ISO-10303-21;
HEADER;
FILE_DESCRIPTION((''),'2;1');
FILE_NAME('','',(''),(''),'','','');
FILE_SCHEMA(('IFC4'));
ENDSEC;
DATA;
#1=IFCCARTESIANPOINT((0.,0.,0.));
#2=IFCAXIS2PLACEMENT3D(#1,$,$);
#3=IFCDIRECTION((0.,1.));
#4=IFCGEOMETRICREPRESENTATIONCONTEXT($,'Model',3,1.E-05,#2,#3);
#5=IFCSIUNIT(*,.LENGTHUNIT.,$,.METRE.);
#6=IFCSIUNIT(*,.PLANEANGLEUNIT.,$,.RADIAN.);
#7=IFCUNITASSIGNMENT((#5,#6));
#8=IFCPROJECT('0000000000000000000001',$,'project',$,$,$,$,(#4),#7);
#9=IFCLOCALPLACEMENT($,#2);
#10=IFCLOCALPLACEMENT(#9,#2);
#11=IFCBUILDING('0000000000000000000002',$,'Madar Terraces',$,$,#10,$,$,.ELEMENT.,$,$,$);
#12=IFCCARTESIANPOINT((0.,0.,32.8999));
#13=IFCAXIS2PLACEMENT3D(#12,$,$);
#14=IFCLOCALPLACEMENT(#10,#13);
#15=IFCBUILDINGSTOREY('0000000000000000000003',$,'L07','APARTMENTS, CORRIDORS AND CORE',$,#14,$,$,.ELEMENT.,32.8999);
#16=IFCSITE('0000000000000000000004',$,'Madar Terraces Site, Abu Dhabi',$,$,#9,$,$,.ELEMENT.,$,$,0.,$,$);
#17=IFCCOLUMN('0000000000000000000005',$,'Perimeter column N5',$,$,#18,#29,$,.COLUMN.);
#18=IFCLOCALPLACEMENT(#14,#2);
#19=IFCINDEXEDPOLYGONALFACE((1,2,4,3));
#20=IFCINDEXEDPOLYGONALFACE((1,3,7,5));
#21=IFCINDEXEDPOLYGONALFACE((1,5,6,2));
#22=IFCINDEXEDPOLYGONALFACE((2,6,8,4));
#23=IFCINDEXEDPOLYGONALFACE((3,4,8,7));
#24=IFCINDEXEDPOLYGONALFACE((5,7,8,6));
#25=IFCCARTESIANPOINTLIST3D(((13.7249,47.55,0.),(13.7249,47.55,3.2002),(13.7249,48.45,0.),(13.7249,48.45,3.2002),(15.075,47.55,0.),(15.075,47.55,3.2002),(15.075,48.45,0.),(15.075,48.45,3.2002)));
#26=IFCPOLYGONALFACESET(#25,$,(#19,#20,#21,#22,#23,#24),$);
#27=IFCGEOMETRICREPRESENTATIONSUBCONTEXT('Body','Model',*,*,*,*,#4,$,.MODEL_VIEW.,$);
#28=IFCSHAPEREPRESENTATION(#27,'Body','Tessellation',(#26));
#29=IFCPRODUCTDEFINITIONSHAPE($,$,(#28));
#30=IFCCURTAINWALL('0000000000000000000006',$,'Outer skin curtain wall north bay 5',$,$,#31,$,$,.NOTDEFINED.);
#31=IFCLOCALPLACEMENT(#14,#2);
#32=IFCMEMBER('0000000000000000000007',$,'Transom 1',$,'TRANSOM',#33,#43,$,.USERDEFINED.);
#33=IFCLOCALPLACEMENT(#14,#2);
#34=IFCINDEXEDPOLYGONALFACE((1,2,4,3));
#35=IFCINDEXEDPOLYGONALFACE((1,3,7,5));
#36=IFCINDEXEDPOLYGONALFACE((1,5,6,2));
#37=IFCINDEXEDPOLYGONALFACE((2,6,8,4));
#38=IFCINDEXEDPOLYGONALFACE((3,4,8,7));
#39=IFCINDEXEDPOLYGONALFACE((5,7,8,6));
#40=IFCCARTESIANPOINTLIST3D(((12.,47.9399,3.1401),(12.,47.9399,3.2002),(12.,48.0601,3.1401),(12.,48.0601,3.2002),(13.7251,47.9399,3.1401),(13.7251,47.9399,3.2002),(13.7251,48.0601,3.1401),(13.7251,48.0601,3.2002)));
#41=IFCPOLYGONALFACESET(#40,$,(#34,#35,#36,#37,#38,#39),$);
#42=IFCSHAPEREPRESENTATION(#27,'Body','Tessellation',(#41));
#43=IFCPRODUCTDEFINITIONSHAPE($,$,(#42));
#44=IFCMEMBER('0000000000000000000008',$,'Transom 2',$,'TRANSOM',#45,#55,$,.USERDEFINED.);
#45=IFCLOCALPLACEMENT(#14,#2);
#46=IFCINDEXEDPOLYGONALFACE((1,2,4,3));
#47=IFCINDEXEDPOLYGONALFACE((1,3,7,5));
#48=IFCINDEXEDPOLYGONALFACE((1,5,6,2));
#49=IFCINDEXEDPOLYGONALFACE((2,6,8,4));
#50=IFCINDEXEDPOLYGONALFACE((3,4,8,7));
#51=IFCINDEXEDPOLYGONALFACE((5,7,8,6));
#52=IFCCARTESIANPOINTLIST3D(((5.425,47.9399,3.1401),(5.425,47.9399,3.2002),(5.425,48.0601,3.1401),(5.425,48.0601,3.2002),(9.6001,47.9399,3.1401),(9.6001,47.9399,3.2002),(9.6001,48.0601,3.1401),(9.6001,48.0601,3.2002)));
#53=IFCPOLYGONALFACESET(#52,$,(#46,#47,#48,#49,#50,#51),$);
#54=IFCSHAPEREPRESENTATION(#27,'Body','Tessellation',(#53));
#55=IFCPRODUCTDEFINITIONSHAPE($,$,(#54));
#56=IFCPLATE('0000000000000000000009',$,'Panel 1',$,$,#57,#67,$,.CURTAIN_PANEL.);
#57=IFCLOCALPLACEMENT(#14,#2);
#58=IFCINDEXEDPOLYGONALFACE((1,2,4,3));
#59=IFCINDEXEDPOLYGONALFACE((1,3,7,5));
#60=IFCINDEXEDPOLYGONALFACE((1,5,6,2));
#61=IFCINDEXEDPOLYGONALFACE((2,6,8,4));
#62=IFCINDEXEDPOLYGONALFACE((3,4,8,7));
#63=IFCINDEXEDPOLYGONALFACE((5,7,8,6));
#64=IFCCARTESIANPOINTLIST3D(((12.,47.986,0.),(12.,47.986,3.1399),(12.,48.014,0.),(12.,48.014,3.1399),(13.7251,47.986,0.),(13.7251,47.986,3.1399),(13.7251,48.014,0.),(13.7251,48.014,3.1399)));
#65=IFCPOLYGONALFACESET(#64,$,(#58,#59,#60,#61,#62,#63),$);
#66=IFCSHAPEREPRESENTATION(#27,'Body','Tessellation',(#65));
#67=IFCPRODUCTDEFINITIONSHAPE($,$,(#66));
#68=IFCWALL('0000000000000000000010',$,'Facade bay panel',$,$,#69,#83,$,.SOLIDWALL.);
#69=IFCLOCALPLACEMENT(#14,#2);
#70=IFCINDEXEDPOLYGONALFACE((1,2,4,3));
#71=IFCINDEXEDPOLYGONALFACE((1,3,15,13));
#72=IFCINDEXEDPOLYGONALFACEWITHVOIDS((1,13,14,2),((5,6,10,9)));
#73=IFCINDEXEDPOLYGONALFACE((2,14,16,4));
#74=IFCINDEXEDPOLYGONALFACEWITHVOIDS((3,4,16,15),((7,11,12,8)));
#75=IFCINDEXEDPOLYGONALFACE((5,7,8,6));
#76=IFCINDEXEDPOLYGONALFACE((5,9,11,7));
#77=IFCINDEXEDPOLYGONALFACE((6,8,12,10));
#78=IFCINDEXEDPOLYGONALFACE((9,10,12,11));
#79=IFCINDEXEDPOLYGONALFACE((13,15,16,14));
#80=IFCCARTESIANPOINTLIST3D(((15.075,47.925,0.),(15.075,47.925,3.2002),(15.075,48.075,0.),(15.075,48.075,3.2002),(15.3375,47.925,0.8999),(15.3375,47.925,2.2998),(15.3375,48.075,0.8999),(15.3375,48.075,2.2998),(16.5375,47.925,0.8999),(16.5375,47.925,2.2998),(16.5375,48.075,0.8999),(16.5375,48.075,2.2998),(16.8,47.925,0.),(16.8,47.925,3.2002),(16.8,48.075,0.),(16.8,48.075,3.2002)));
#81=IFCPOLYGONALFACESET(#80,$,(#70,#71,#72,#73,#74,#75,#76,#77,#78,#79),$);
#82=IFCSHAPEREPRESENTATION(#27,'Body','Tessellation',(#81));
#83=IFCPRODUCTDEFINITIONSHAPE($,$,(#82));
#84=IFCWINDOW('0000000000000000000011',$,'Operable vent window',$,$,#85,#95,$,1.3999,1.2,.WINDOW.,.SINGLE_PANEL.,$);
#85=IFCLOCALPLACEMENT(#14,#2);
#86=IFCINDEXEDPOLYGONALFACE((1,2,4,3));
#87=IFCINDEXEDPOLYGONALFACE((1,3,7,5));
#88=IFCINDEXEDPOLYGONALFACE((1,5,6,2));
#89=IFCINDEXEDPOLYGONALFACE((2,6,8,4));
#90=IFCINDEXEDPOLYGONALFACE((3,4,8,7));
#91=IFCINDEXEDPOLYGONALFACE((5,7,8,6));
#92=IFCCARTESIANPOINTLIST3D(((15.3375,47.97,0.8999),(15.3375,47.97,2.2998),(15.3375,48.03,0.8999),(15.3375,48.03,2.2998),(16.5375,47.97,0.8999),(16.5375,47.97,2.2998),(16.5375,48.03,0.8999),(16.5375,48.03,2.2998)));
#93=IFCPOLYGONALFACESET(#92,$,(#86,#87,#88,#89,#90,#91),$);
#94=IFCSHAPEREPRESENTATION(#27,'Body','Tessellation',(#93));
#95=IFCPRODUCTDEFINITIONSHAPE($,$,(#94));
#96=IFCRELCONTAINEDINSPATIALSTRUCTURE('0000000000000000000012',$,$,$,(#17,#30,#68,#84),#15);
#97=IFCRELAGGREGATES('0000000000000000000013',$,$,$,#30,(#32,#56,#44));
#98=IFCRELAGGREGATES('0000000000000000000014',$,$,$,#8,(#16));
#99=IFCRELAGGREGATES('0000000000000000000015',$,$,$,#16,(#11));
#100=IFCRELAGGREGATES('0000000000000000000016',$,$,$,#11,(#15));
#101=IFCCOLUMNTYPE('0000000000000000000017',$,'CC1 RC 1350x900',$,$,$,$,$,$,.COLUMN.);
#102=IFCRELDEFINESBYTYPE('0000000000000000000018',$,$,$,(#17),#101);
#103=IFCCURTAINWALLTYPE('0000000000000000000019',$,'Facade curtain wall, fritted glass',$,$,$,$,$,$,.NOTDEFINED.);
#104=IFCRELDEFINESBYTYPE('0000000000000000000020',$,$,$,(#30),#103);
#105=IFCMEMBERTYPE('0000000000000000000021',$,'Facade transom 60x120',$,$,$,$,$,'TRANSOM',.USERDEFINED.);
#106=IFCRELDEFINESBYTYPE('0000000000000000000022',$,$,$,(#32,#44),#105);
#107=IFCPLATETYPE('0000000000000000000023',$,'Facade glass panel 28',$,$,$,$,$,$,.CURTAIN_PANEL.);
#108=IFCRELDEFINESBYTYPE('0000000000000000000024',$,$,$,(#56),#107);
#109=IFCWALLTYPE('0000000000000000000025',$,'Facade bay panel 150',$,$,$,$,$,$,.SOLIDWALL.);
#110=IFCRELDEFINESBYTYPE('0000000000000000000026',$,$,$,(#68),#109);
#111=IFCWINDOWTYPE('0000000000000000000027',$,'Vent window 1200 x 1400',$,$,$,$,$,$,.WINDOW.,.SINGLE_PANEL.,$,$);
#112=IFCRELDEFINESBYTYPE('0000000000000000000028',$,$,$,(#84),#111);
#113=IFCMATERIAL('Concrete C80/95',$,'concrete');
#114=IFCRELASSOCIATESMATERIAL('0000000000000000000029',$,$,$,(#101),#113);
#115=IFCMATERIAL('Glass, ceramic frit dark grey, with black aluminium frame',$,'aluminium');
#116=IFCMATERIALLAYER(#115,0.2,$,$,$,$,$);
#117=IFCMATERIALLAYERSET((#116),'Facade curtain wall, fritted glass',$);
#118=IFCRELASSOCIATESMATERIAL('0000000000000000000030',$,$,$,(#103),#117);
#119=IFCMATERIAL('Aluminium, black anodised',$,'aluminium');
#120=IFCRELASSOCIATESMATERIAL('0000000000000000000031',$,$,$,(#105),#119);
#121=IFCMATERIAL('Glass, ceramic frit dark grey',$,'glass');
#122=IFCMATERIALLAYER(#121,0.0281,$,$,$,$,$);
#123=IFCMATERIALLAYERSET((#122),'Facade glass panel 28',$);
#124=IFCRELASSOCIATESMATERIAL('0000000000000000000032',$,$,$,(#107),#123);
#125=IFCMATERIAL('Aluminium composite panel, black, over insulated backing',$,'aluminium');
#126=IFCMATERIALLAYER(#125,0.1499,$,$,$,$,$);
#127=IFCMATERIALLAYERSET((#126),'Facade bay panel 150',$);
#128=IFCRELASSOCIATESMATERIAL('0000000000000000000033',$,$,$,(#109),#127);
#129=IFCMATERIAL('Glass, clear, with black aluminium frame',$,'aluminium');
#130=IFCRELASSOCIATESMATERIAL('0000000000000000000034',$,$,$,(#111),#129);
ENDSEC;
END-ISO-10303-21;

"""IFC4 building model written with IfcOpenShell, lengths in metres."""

from ifc_helpers import new_model, si_unit, direction, frame, frame_2d, origin, origin_2d, place, context, subcontext, project, spatial, rectangle, extrude, material, layer, layer_set, material_profile, profile_set, type_object, element, fill, aggregate, save


model = new_model("IFC4")

# Units and contexts
model_context = context("Model", 3, precision=1e-05, world=origin(), true_north=direction((0.0, 1.0)))
body_context = subcontext(model_context, "Body", "Model", "MODEL_VIEW")
ifc_project = project(units=[si_unit("LENGTHUNIT", "METRE"), si_unit("PLANEANGLEUNIT", "RADIAN")], contexts=[model_context])

# Site, building, storey
site_placement = place(None, origin())
site = spatial("IfcSite", under=ifc_project, at=site_placement, Name="Madar Terraces Site, Abu Dhabi", CompositionType="ELEMENT", RefElevation=0.0)
building_placement = place(site_placement, origin())
building = spatial("IfcBuilding", under=site, at=building_placement, Name="Madar Terraces", CompositionType="ELEMENT")
storey_placement = place(building_placement, frame((0.0, 0.0, 32.8999)))
storey = spatial("IfcBuildingStorey", under=building, at=storey_placement, Name="L07", Description="APARTMENTS, CORRIDORS AND CORE", CompositionType="ELEMENT", Elevation=32.8999)

# Column
ifc_material_1 = material(Name="Concrete C80/95", Category="concrete")
ifc_material_profile_1 = material_profile(ifc_material_1, rectangle(XDim=1.3501, YDim=0.8999, at=origin_2d()), Name="CC1 RC 1350x900")
ifc_profile_set_1 = profile_set([ifc_material_profile_1], Name="Concrete C80/95")
column_type = type_object("IfcColumnType", Name="CC1 RC 1350x900", PredefinedType="COLUMN", material=ifc_profile_set_1)
column_placement = place(storey_placement, frame((14.3999, 48.0, 0.0), z_axis=(0.0, 0.0, 1.0), x_axis=(1.0, 0.0, 0.0)))
element("IfcColumn", 1, at=column_placement, inside=storey, type_object=column_type, Name="Perimeter column N5", PredefinedType="COLUMN", context=body_context, shape_type="SweptSolid", body=[
    extrude(rectangle(XDim=1.3501, YDim=0.8999, at=origin_2d()), origin(), (0.0, 0.0, 1.0), 3.2002),
])

# Curtain wall, members, plate
ifc_material_2 = material(Name="Glass, ceramic frit dark grey, with black aluminium frame", Category="aluminium")
ifc_layer_1 = layer(ifc_material_2, 0.2)
ifc_layer_set_1 = layer_set([ifc_layer_1], Name="Facade curtain wall, fritted glass")
curtain_wall_type = type_object("IfcCurtainWallType", Name="Facade curtain wall, fritted glass", PredefinedType="NOTDEFINED", material=ifc_layer_set_1)
curtain_wall_placement = place(storey_placement, origin())
curtain_wall = element("IfcCurtainWall", 2, at=curtain_wall_placement, inside=storey, type_object=curtain_wall_type, Name="Outer skin curtain wall north bay 5", PredefinedType="NOTDEFINED")
ifc_material_3 = material(Name="Aluminium, black anodised", Category="aluminium")
ifc_material_profile_2 = material_profile(ifc_material_3, rectangle(XDim=0.1201, YDim=0.0601, at=origin_2d()), Name="Facade transom 60x120")
ifc_profile_set_2 = profile_set([ifc_material_profile_2], Name="Aluminium, black anodised")
member_type = type_object("IfcMemberType", Name="Facade transom 60x120", ElementType="TRANSOM", PredefinedType="USERDEFINED", material=ifc_profile_set_2)
member_1_placement = place(storey_placement, frame((13.7251, 48.0, 3.1702), z_axis=(-1.0, 0.0, 0.0), x_axis=(0.0, -1.0, 0.0)))
member_1 = element("IfcMember", 3, at=member_1_placement, type_object=member_type, Name="Transom 1", ObjectType="TRANSOM", PredefinedType="USERDEFINED", context=body_context, shape_type="SweptSolid", body=[
    extrude(rectangle(XDim=0.1201, YDim=0.0601, at=origin_2d()), origin(), (0.0, 0.0, 1.0), 1.7251),
])
member_2_placement = place(storey_placement, frame((9.6001, 48.0, 3.1702), z_axis=(-1.0, 0.0, 0.0), x_axis=(0.0, -1.0, 0.0)))
member_2 = element("IfcMember", 4, at=member_2_placement, type_object=member_type, Name="Transom 2", ObjectType="TRANSOM", PredefinedType="USERDEFINED", context=body_context, shape_type="SweptSolid", body=[
    extrude(rectangle(XDim=0.1201, YDim=0.0601, at=origin_2d()), origin(), (0.0, 0.0, 1.0), 4.175),
])
ifc_material_4 = material(Name="Glass, ceramic frit dark grey", Category="glass")
ifc_layer_2 = layer(ifc_material_4, 0.0281)
ifc_layer_set_2 = layer_set([ifc_layer_2], Name="Facade glass panel 28")
plate_type = type_object("IfcPlateType", Name="Facade glass panel 28", PredefinedType="CURTAIN_PANEL", material=ifc_layer_set_2)
plate_placement = place(storey_placement, frame((12.8625, 48.0, 0.0), z_axis=(0.0, 0.0, 1.0), x_axis=(-1.0, 0.0, 0.0)))
plate = element("IfcPlate", 5, at=plate_placement, type_object=plate_type, Name="Panel 1", PredefinedType="CURTAIN_PANEL", context=body_context, shape_type="SweptSolid", body=[
    extrude(rectangle(XDim=1.7251, YDim=0.0281, at=origin_2d()), origin(), (0.0, 0.0, 1.0), 3.1399),
])
aggregate(curtain_wall, [member_1, plate, member_2])

# Wall, opening, window
ifc_material_5 = material(Name="Aluminium composite panel, black, over insulated backing", Category="aluminium")
ifc_layer_3 = layer(ifc_material_5, 0.1499)
ifc_layer_set_3 = layer_set([ifc_layer_3], Name="Facade bay panel 150")
wall_type_1 = type_object("IfcWallType", Name="Facade bay panel 150", PredefinedType="SOLIDWALL", material=ifc_layer_set_3)
wall_1_placement = place(storey_placement, frame((16.8, 48.0, 0.0), z_axis=(0.0, 0.0, 1.0), x_axis=(-1.0, 0.0, 0.0)))
wall_1 = element("IfcWall", 6, at=wall_1_placement, inside=storey, type_object=wall_type_1, Name="Facade bay panel", PredefinedType="SOLIDWALL", context=body_context, shape_type="SweptSolid", body=[
    extrude(rectangle(XDim=1.7251, YDim=0.1499, at=frame_2d((0.8625, 0.0))), origin(), (0.0, 0.0, 1.0), 3.2002),
])
opening_1_placement = place(wall_1_placement, frame((0.2625, 0.0, 0.8999)))
opening_1 = element("IfcOpeningElement", 7, at=opening_1_placement, cuts=wall_1, PredefinedType="OPENING", context=body_context, shape_type="SweptSolid", body=[
    extrude(rectangle(XDim=1.2, YDim=1.3999, at=frame_2d((0.6001, 0.7))), frame((0.0, 0.085, 0.0), z_axis=(0.0, -1.0, 0.0), x_axis=(1.0, 0.0, 0.0)), (0.0, 0.0, 1.0), 0.1699),
])
ifc_material_6 = material(Name="Glass, clear, with black aluminium frame", Category="aluminium")
window_type = type_object("IfcWindowType", Name="Vent window 1200 x 1400", PartitioningType="SINGLE_PANEL", PredefinedType="WINDOW", material=ifc_material_6)
window_placement = place(opening_1_placement, origin())
window = element("IfcWindow", 8, at=window_placement, inside=storey, type_object=window_type, Name="Operable vent window", OverallHeight=1.3999, OverallWidth=1.2, PartitioningType="SINGLE_PANEL", PredefinedType="WINDOW", context=body_context, shape_type="SweptSolid", body=[
    extrude(rectangle(XDim=1.2, YDim=1.3999, at=frame_2d((0.6001, 0.7))), frame((0.0, 0.03, 0.0), z_axis=(0.0, -1.0, 0.0), x_axis=(1.0, 0.0, 0.0)), (0.0, 0.0, 1.0), 0.0601),
])
fill(opening_1, window)

save(model, "model.ifc")
